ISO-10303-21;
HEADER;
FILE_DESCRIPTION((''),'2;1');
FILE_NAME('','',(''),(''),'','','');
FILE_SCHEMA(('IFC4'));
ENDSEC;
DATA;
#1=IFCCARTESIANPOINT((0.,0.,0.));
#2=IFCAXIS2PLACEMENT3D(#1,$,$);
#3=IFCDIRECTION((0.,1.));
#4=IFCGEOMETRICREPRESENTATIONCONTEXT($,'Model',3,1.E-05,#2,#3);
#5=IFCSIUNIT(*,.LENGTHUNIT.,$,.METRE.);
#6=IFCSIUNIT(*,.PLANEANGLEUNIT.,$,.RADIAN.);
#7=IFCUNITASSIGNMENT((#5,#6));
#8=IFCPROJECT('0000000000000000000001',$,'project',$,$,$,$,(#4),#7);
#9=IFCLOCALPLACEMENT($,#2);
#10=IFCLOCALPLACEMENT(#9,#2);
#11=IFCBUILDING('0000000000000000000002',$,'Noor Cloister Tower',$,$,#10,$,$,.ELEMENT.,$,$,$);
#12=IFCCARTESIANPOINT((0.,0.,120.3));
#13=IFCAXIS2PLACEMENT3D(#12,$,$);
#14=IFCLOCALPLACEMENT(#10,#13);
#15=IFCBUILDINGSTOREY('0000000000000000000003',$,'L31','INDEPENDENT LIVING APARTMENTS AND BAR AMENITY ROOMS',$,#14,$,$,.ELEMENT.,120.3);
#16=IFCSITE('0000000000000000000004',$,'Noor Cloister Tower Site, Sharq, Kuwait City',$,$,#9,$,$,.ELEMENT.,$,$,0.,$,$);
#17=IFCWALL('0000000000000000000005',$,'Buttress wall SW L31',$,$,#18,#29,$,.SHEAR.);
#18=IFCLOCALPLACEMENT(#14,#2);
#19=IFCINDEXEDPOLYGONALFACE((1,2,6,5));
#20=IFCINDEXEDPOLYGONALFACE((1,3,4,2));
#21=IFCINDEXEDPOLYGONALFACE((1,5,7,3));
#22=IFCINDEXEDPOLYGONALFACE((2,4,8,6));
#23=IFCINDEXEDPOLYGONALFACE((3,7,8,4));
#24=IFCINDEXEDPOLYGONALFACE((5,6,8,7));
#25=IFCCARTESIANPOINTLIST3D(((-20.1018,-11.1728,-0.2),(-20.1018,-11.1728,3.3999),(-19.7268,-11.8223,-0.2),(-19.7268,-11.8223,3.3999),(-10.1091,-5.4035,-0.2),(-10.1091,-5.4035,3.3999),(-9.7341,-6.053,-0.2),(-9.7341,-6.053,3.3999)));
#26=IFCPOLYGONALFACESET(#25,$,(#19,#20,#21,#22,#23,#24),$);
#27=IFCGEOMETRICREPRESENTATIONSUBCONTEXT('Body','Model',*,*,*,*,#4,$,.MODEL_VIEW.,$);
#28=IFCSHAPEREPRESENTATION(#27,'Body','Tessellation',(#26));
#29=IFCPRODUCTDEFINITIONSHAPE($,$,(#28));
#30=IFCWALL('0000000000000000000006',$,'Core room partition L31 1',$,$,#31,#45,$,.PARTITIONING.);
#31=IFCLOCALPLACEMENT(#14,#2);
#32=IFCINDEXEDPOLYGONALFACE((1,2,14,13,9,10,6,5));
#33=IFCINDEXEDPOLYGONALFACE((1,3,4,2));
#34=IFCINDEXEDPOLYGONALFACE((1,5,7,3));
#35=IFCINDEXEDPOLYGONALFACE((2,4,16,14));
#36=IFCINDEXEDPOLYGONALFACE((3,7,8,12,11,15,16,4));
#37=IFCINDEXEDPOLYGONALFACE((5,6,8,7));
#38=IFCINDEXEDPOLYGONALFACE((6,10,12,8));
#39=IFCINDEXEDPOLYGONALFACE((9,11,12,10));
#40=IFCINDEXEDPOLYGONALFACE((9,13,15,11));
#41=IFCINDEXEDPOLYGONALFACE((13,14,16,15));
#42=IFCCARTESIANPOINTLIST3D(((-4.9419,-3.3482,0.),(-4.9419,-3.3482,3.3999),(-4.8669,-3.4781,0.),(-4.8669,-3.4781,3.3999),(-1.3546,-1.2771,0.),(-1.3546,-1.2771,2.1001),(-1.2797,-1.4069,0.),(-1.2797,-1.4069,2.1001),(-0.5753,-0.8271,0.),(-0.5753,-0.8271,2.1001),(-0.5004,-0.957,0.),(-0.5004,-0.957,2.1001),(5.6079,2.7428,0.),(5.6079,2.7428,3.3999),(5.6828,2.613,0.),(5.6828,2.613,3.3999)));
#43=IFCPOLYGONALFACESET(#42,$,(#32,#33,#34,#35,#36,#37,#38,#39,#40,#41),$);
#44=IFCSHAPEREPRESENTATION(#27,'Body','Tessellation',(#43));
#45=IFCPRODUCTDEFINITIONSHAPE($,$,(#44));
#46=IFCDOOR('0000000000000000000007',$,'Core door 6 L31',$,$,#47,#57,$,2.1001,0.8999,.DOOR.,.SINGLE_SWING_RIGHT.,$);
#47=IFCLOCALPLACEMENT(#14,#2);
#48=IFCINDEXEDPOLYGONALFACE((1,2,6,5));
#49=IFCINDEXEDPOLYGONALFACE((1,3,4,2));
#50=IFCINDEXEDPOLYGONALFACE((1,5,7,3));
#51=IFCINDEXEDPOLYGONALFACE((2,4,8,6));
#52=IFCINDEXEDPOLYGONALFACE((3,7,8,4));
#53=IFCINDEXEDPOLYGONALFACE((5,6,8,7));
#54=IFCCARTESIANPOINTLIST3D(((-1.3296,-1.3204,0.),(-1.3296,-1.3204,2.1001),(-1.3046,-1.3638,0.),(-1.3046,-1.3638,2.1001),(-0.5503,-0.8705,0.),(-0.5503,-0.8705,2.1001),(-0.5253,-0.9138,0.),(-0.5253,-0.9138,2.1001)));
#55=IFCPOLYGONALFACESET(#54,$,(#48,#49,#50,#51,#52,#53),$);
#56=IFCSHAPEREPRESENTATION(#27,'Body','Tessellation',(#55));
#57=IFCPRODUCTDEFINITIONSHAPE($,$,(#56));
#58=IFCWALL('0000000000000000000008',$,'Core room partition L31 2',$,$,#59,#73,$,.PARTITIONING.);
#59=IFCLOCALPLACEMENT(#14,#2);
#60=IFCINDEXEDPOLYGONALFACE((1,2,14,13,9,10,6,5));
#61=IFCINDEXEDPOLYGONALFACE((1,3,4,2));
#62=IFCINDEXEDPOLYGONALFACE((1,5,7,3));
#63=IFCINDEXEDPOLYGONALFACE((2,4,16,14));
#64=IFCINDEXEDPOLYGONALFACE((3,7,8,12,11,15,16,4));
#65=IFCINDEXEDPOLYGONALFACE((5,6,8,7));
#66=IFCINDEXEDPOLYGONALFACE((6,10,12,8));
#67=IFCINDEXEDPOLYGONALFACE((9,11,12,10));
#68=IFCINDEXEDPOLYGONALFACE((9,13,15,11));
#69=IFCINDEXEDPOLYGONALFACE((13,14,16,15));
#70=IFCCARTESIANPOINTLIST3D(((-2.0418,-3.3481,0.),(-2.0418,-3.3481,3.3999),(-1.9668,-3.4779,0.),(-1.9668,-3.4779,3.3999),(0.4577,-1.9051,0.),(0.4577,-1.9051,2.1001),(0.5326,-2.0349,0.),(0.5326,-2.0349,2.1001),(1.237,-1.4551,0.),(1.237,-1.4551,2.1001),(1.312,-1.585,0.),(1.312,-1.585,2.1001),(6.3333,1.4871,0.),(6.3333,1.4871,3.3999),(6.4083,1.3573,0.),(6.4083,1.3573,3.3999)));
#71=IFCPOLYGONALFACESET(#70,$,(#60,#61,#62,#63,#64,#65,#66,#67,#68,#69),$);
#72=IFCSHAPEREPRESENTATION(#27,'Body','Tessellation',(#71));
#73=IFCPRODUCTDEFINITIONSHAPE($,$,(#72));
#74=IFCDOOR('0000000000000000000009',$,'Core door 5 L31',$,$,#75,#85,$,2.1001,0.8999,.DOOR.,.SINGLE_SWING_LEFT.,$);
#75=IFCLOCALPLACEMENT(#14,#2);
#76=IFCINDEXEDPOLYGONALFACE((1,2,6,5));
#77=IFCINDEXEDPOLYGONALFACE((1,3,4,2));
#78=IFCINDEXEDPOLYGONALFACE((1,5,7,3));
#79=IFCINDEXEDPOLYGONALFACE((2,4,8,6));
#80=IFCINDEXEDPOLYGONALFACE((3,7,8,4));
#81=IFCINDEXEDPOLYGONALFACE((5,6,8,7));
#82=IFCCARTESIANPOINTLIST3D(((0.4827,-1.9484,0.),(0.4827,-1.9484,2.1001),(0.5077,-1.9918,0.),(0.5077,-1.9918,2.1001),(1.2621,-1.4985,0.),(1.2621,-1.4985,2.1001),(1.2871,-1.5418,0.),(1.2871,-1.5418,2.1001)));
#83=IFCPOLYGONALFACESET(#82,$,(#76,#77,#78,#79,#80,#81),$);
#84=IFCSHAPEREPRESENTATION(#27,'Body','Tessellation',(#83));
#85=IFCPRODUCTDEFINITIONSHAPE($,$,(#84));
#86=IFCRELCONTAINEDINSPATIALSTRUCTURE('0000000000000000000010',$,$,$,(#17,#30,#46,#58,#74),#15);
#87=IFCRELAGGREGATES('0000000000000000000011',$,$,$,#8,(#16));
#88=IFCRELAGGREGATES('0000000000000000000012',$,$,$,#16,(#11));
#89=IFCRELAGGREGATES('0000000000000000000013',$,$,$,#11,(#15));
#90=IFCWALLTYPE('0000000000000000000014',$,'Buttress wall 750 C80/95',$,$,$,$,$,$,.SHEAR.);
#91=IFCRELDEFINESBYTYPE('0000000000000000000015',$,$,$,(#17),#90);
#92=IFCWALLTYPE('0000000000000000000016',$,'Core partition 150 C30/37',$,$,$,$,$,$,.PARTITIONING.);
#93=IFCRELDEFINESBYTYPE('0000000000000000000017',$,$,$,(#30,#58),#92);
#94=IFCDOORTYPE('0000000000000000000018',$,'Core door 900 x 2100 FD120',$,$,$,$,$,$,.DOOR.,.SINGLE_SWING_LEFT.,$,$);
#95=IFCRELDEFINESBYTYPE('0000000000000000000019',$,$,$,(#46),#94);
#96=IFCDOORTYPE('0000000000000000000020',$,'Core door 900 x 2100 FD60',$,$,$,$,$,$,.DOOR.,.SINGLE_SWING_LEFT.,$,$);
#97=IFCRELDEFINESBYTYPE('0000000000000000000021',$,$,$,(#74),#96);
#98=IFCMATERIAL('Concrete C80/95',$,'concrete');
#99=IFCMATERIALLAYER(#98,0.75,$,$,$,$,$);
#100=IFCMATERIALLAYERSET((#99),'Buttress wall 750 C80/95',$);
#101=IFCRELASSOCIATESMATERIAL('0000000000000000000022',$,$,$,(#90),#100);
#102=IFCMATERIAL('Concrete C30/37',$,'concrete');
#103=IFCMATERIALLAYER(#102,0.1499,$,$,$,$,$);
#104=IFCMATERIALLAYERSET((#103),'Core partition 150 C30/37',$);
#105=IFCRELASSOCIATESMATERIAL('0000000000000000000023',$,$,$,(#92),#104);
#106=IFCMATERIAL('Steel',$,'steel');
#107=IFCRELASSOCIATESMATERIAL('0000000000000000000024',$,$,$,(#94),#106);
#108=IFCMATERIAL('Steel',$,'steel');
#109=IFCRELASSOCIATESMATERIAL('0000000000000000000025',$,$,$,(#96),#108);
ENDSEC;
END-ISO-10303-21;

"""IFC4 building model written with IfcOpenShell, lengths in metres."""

from ifc_helpers import new_model, si_unit, direction, frame, frame_2d, origin, place, context, subcontext, project, spatial, rectangle, extrude, material, layer, layer_set, type_object, element, fill, save


model = new_model("IFC4")

# Units and contexts
model_context = context("Model", 3, precision=1e-05, world=origin(), true_north=direction((0.0, 1.0)))
body_context = subcontext(model_context, "Body", "Model", "MODEL_VIEW")
ifc_project = project(units=[si_unit("LENGTHUNIT", "METRE"), si_unit("PLANEANGLEUNIT", "RADIAN")], contexts=[model_context])

# Site, building, storey
site_placement = place(None, origin())
site = spatial("IfcSite", under=ifc_project, at=site_placement, Name="Noor Cloister Tower Site, Sharq, Kuwait City", CompositionType="ELEMENT", RefElevation=0.0)
building_placement = place(site_placement, origin())
building = spatial("IfcBuilding", under=site, at=building_placement, Name="Noor Cloister Tower", CompositionType="ELEMENT")
storey_placement = place(building_placement, frame((0.0, 0.0, 120.3)))
storey = spatial("IfcBuildingStorey", under=building, at=storey_placement, Name="L31", Description="INDEPENDENT LIVING APARTMENTS AND BAR AMENITY ROOMS", CompositionType="ELEMENT", Elevation=120.3)

# Wall
ifc_material_1 = material(Name="Concrete C80/95", Category="concrete")
ifc_layer_1 = layer(ifc_material_1, 0.75)
ifc_layer_set_1 = layer_set([ifc_layer_1], Name="Buttress wall 750 C80/95")
wall_type_1 = type_object("IfcWallType", Name="Buttress wall 750 C80/95", PredefinedType="SHEAR", material=ifc_layer_set_1)
wall_1_placement = place(storey_placement, frame((-9.9216, -5.7283, -0.2), z_axis=(0.0, 0.0, 1.0), x_axis=(-0.866025, -0.500001, 0.0)))
element("IfcWall", 1, at=wall_1_placement, inside=storey, type_object=wall_type_1, Name="Buttress wall SW L31", PredefinedType="SHEAR", context=body_context, shape_type="SweptSolid", body=[
    extrude(rectangle(XDim=11.5386, YDim=0.75, at=frame_2d((5.7693, 0.0))), origin(), (0.0, 0.0, 1.0), 3.5999),
])

# Walls, openings, doors
ifc_material_2 = material(Name="Concrete C30/37", Category="concrete")
ifc_layer_2 = layer(ifc_material_2, 0.1499)
ifc_layer_set_2 = layer_set([ifc_layer_2], Name="Core partition 150 C30/37")
wall_type_2 = type_object("IfcWallType", Name="Core partition 150 C30/37", PredefinedType="PARTITIONING", material=ifc_layer_set_2)
wall_2_placement = place(storey_placement, frame((-4.9043, -3.4131, 0.0), z_axis=(0.0, 0.0, 1.0), x_axis=(0.866021, 0.500008, 0.0)))
wall_2 = element("IfcWall", 2, at=wall_2_placement, inside=storey, type_object=wall_type_2, Name="Core room partition L31 1", PredefinedType="PARTITIONING", context=body_context, shape_type="SweptSolid", body=[
    extrude(rectangle(XDim=12.1819, YDim=0.1499, at=frame_2d((6.0908, 0.0))), origin(), (0.0, 0.0, 1.0), 3.3999),
])
opening_1_placement = place(wall_2_placement, frame((4.1421, 0.0, 0.0)))
opening_1 = element("IfcOpeningElement", 3, at=opening_1_placement, cuts=wall_2, PredefinedType="OPENING", context=body_context, shape_type="SweptSolid", body=[
    extrude(rectangle(XDim=0.8999, YDim=2.1001, at=frame_2d((0.45, 1.05))), frame((0.0, 0.085, 0.0), z_axis=(0.0, -1.0, 0.0), x_axis=(1.0, 0.0, 0.0)), (0.0, 0.0, 1.0), 0.1699),
])
ifc_material_3 = material(Name="Steel", Category="steel")
door_type_1 = type_object("IfcDoorType", Name="Core door 900 x 2100 FD120", OperationType="SINGLE_SWING_LEFT", PredefinedType="DOOR", material=ifc_material_3)
door_1_placement = place(opening_1_placement, origin())
door_1 = element("IfcDoor", 4, at=door_1_placement, inside=storey, type_object=door_type_1, Name="Core door 6 L31", OperationType="SINGLE_SWING_RIGHT", OverallHeight=2.1001, OverallWidth=0.8999, PredefinedType="DOOR", context=body_context, shape_type="SweptSolid", body=[
    extrude(rectangle(XDim=0.8999, YDim=2.1001, at=frame_2d((0.45, 1.05))), frame((0.0, 0.0249, 0.0), z_axis=(0.0, -1.0, 0.0), x_axis=(1.0, 0.0, 0.0)), (0.0, 0.0, 1.0), 0.05),
])
fill(opening_1, door_1)
wall_3_placement = place(storey_placement, frame((-2.0044, -3.4131, 0.0), z_axis=(0.0, 0.0, 1.0), x_axis=(0.86603, 0.499992, 0.0)))
wall_3 = element("IfcWall", 5, at=wall_3_placement, inside=storey, type_object=wall_type_2, Name="Core room partition L31 2", PredefinedType="PARTITIONING", context=body_context, shape_type="SweptSolid", body=[
    extrude(rectangle(XDim=9.6707, YDim=0.1499, at=frame_2d((4.8354, 0.0))), origin(), (0.0, 0.0, 1.0), 3.3999),
])
opening_2_placement = place(wall_3_placement, frame((2.8862, 0.0, 0.0)))
opening_2 = element("IfcOpeningElement", 6, at=opening_2_placement, cuts=wall_3, PredefinedType="OPENING", context=body_context, shape_type="SweptSolid", body=[
    extrude(rectangle(XDim=0.8999, YDim=2.1001, at=frame_2d((0.45, 1.05))), frame((0.0, 0.085, 0.0), z_axis=(0.0, -1.0, 0.0), x_axis=(1.0, 0.0, 0.0)), (0.0, 0.0, 1.0), 0.1699),
])
ifc_material_4 = material(Name="Steel", Category="steel")
door_type_2 = type_object("IfcDoorType", Name="Core door 900 x 2100 FD60", OperationType="SINGLE_SWING_LEFT", PredefinedType="DOOR", material=ifc_material_4)
door_2_placement = place(opening_2_placement, origin())
door_2 = element("IfcDoor", 7, at=door_2_placement, inside=storey, type_object=door_type_2, Name="Core door 5 L31", OperationType="SINGLE_SWING_LEFT", OverallHeight=2.1001, OverallWidth=0.8999, PredefinedType="DOOR", context=body_context, shape_type="SweptSolid", body=[
    extrude(rectangle(XDim=0.8999, YDim=2.1001, at=frame_2d((0.45, 1.05))), frame((0.0, 0.0249, 0.0), z_axis=(0.0, -1.0, 0.0), x_axis=(1.0, 0.0, 0.0)), (0.0, 0.0, 1.0), 0.05),
])
fill(opening_2, door_2)

save(model, "model.ifc")
